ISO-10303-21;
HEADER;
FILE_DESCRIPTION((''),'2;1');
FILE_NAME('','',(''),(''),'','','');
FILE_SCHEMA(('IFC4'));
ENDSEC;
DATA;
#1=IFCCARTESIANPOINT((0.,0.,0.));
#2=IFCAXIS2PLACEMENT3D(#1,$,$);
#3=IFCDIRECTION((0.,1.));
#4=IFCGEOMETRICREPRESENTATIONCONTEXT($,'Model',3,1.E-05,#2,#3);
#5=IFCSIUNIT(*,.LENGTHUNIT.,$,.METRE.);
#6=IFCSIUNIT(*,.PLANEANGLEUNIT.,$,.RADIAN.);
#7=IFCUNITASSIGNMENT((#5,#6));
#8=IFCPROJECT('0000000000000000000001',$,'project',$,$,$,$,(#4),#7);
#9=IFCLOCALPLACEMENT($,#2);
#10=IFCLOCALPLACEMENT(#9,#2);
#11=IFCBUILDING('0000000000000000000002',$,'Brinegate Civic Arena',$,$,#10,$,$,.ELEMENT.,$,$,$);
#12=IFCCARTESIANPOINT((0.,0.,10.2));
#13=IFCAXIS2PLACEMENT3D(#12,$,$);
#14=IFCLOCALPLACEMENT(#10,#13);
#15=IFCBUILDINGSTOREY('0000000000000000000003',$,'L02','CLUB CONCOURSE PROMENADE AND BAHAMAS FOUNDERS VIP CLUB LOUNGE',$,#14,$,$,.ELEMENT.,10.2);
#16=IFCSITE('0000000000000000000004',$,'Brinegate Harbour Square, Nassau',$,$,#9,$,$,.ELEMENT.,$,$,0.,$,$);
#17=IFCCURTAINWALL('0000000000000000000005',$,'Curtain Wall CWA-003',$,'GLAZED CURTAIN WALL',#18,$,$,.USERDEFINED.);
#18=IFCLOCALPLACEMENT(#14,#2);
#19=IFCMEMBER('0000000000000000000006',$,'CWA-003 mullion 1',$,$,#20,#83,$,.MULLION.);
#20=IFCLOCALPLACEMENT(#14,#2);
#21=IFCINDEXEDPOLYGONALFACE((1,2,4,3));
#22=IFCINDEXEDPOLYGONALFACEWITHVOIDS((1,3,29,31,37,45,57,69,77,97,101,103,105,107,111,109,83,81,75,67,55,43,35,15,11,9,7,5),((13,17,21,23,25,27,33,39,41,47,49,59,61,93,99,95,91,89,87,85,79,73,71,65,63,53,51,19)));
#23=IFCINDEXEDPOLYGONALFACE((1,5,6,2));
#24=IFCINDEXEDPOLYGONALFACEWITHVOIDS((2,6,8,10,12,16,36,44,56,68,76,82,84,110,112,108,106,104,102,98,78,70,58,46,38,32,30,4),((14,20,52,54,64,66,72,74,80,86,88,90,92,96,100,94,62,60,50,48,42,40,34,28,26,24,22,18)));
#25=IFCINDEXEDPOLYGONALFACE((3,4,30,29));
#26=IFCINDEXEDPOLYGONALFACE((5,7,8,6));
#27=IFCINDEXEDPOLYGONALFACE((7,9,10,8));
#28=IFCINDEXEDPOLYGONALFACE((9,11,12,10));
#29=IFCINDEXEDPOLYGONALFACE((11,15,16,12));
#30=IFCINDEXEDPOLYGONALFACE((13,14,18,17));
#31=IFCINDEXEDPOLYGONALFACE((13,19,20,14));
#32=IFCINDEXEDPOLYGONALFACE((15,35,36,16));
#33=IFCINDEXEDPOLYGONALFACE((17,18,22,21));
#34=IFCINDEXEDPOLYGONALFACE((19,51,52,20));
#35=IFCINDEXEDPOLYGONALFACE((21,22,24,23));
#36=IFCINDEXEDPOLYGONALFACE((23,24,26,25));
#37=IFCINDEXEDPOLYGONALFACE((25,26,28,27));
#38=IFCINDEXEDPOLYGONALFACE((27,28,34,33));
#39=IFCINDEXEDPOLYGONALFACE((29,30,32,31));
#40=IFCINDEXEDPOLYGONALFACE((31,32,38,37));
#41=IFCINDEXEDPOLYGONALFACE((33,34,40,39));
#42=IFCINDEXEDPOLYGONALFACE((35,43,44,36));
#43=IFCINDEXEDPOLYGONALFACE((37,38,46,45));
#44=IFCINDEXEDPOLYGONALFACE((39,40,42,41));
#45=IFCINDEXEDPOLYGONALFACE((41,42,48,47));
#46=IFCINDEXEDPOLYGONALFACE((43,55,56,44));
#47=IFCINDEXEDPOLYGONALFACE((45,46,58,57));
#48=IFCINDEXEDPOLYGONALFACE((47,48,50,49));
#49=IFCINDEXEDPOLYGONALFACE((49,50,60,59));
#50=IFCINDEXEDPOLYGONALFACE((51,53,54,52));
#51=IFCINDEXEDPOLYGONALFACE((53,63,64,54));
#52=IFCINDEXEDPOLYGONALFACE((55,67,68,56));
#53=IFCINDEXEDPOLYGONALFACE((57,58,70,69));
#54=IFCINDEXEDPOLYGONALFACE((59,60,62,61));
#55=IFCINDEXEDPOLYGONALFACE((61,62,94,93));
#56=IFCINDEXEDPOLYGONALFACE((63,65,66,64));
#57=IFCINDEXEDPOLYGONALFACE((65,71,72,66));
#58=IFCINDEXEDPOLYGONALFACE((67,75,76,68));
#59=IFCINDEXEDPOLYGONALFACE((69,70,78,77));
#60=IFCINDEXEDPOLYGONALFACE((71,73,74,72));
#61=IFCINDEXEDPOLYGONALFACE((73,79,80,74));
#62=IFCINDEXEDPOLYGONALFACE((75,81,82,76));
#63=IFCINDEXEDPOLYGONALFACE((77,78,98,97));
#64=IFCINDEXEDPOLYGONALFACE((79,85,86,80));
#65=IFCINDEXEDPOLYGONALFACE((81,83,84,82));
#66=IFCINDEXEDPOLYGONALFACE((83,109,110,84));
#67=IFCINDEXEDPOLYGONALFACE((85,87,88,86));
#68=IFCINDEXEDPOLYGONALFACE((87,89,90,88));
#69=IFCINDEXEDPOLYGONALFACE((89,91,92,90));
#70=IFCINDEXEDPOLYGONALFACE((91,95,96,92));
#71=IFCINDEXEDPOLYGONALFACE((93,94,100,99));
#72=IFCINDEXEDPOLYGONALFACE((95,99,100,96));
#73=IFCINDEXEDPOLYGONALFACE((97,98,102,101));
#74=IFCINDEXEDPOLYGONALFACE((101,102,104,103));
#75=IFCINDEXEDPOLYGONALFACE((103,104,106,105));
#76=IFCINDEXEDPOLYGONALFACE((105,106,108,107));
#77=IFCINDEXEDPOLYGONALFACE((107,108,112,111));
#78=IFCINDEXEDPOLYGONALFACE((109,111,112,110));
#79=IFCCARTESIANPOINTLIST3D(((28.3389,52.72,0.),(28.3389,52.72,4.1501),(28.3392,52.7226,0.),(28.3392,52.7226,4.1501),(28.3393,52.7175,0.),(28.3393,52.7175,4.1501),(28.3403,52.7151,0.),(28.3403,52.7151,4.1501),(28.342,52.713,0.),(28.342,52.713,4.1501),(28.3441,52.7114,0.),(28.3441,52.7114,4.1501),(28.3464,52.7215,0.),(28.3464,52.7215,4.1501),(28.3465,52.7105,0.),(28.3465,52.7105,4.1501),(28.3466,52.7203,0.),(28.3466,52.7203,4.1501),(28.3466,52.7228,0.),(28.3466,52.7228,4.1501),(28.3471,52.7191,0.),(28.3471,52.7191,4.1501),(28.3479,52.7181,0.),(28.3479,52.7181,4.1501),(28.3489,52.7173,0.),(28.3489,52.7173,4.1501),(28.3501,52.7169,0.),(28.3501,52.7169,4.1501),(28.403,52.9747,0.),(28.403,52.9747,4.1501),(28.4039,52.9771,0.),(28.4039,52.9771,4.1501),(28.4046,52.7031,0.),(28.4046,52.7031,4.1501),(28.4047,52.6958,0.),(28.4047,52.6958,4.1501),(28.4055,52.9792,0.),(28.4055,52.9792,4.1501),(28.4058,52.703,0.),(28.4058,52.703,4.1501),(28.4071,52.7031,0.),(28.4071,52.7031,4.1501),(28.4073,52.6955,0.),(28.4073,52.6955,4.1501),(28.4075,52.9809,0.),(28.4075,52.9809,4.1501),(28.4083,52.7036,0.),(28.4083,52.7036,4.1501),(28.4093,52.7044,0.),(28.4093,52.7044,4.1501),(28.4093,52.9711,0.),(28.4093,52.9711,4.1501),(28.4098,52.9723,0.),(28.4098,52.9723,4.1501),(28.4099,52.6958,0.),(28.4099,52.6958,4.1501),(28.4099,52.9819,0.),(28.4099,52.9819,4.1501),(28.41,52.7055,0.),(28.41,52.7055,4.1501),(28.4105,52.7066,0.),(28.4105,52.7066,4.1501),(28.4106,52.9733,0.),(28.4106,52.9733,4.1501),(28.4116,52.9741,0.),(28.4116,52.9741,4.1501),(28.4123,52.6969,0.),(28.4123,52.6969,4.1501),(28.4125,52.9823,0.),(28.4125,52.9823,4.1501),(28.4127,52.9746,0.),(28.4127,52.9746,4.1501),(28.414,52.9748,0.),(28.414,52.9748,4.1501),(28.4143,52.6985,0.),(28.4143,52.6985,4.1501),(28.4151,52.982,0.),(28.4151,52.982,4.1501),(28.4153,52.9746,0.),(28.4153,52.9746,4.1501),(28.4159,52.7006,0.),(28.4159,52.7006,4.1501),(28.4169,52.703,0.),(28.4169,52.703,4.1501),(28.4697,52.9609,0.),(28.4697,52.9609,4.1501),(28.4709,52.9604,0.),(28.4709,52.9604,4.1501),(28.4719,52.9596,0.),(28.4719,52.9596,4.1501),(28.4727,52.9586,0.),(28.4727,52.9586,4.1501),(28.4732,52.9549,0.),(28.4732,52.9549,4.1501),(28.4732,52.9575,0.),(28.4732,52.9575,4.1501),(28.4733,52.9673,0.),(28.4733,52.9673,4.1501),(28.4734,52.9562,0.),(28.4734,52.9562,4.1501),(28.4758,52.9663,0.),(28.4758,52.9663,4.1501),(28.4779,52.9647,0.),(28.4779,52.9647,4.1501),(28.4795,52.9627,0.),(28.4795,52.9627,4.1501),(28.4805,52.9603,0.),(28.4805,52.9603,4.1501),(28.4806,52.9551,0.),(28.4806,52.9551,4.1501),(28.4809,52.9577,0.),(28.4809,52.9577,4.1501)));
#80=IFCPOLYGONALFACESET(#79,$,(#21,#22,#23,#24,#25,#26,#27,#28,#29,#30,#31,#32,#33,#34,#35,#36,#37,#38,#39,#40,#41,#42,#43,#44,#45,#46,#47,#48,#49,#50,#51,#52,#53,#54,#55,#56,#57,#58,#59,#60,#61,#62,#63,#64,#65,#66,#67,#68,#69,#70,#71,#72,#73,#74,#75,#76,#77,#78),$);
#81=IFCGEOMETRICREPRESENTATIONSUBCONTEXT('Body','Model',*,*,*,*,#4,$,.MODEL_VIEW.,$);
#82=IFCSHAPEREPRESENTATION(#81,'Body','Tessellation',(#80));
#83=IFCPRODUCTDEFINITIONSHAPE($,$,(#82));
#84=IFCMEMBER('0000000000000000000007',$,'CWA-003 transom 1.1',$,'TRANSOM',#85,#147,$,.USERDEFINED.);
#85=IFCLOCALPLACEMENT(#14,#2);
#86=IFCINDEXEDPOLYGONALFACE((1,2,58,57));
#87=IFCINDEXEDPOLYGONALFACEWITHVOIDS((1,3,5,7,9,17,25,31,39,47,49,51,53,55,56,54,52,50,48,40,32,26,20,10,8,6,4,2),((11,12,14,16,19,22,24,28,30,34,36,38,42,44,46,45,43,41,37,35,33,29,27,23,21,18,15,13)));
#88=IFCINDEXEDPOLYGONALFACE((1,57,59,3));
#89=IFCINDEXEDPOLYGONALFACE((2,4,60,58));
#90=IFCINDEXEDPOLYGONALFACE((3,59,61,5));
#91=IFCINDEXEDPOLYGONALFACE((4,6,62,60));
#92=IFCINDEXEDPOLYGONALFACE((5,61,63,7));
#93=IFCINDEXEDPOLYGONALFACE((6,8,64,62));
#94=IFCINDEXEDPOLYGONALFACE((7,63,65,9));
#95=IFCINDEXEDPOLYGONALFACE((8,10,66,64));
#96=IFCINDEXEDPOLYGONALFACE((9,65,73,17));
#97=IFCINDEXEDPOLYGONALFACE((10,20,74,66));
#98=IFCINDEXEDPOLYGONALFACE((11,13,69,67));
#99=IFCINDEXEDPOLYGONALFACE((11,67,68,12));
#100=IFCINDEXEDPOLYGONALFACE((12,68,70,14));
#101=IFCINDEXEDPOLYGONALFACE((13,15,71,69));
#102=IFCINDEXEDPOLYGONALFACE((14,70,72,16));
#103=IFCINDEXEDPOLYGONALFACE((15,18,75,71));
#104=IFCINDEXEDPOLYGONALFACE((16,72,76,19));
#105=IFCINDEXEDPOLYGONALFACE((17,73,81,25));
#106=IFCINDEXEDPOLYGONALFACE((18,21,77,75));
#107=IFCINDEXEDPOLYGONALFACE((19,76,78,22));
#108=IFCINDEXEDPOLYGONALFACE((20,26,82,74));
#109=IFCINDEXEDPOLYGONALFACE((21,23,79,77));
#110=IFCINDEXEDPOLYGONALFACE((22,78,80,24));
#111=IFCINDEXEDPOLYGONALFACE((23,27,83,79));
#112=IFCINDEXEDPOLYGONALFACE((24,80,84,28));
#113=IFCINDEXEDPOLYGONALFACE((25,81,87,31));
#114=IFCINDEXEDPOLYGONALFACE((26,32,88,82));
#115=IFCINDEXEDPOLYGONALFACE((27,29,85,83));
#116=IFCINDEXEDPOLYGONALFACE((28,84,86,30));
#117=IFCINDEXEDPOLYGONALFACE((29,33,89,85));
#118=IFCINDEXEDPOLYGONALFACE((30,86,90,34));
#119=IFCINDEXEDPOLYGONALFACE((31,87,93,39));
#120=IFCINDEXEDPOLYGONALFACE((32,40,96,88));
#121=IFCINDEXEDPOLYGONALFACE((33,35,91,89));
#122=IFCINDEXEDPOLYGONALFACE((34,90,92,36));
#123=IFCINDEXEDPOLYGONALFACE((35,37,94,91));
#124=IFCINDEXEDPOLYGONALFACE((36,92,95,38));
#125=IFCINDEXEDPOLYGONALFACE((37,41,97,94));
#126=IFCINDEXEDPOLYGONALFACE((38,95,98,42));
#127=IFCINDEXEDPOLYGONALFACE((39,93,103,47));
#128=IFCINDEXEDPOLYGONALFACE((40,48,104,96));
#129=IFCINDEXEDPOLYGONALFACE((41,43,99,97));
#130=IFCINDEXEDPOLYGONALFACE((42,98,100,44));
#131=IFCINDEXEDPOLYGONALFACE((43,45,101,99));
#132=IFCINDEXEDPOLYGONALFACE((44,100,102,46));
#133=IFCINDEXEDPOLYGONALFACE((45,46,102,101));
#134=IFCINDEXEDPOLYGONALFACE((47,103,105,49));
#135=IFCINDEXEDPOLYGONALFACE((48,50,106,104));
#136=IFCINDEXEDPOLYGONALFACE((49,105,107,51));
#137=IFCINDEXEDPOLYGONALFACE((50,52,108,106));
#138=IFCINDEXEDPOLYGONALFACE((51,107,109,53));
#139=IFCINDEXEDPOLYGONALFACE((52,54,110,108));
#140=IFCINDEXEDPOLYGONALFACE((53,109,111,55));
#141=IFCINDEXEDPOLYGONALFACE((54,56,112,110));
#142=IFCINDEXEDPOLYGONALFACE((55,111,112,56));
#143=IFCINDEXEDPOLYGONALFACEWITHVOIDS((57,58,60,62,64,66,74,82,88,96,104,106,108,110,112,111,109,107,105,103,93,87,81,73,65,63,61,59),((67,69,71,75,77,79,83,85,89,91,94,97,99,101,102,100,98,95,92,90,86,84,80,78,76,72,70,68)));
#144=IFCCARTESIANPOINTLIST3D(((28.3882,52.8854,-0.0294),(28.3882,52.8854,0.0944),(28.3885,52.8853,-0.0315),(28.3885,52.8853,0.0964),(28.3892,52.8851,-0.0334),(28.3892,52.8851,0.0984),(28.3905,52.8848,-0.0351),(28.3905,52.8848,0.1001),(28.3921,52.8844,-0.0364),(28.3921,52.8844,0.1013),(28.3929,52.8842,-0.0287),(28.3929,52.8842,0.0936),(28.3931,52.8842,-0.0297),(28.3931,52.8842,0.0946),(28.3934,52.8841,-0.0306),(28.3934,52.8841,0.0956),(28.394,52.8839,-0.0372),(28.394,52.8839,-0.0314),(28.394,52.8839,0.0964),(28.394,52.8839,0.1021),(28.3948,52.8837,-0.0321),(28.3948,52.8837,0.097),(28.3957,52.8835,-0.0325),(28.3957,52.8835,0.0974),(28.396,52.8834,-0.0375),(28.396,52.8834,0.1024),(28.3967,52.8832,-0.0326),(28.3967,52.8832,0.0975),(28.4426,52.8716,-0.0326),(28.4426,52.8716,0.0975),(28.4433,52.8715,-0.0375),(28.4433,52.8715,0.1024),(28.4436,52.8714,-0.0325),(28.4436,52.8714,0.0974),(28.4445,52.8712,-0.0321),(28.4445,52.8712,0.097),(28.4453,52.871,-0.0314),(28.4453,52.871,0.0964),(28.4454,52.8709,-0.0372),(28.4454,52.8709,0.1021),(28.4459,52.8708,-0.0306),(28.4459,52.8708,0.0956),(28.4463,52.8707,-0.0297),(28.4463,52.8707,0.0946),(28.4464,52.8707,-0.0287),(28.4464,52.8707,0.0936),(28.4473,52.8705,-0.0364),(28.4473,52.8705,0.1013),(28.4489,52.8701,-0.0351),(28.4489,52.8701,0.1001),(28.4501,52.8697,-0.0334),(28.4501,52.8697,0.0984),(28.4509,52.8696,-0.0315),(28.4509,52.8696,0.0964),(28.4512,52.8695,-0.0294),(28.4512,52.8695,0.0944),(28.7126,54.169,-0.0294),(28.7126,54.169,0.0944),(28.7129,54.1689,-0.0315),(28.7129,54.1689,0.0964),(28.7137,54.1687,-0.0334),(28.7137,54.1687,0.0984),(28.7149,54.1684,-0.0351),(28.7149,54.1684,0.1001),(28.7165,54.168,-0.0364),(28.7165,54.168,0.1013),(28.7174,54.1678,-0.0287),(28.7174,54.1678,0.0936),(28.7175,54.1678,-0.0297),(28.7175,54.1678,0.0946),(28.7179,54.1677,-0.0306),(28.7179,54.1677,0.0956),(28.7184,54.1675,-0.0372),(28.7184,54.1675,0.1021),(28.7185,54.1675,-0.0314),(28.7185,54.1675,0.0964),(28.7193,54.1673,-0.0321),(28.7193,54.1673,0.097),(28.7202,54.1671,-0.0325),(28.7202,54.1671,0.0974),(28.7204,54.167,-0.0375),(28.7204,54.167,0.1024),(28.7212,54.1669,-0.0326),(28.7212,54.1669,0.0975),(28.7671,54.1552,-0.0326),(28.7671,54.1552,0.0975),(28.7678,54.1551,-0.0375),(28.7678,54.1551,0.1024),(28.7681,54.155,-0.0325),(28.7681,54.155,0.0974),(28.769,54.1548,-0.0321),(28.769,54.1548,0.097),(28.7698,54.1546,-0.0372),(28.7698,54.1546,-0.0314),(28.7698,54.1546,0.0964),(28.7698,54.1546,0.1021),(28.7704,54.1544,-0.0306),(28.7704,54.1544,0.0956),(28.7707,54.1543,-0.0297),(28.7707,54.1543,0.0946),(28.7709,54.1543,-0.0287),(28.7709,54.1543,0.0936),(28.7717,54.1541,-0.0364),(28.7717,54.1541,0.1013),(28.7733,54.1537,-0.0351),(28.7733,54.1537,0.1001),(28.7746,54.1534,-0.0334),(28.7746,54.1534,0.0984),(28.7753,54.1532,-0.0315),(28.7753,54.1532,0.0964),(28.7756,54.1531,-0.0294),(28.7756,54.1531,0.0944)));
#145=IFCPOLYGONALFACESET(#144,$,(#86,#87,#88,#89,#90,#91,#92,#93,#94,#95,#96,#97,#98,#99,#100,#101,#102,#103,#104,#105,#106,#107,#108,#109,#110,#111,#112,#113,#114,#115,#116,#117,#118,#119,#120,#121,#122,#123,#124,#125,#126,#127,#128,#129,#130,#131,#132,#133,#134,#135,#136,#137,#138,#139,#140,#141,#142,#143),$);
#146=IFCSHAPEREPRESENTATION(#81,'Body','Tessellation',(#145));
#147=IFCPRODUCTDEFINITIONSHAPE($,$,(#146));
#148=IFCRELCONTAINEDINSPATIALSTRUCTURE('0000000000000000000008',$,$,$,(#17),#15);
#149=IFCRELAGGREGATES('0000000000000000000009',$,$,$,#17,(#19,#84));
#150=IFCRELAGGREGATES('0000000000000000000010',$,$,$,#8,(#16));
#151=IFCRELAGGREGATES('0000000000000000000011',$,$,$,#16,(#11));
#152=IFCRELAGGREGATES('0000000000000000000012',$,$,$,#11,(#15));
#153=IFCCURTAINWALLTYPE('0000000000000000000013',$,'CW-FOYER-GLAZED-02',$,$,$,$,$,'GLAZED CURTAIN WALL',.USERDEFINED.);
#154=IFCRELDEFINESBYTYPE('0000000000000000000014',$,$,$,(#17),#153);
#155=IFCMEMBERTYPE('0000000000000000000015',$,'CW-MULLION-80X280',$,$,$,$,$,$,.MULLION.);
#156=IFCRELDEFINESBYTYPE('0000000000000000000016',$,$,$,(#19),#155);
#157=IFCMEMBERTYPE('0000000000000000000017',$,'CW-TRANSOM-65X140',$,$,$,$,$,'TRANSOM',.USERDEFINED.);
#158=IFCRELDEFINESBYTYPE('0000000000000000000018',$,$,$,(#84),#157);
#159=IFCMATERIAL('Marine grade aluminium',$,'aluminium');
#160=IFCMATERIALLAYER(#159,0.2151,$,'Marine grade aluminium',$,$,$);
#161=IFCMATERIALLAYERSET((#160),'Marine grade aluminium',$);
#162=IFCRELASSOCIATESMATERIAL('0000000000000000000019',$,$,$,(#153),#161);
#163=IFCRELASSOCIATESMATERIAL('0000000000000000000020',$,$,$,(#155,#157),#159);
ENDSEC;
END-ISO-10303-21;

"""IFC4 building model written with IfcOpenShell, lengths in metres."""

from ifc_helpers import new_model, si_unit, direction, frame, origin, origin_2d, place, context, subcontext, project, spatial, hollow_rectangle, extrude, material, layer, layer_set, material_profile, profile_set, type_object, element, aggregate, save


model = new_model("IFC4")

# Units and contexts
model_context = context("Model", 3, precision=1e-05, world=origin(), true_north=direction((0.0, 1.0)))
body_context = subcontext(model_context, "Body", "Model", "MODEL_VIEW")
ifc_project = project(units=[si_unit("LENGTHUNIT", "METRE"), si_unit("PLANEANGLEUNIT", "RADIAN")], contexts=[model_context])

# Site, building, storey
site_placement = place(None, origin())
site = spatial("IfcSite", under=ifc_project, at=site_placement, Name="Brinegate Harbour Square, Nassau", CompositionType="ELEMENT", RefElevation=0.0)
building_placement = place(site_placement, origin())
building = spatial("IfcBuilding", under=site, at=building_placement, Name="Brinegate Civic Arena", CompositionType="ELEMENT")
storey_placement = place(building_placement, frame((0.0, 0.0, 10.2)))
storey = spatial("IfcBuildingStorey", under=building, at=storey_placement, Name="L02", Description="CLUB CONCOURSE PROMENADE AND BAHAMAS FOUNDERS VIP CLUB LOUNGE", CompositionType="ELEMENT", Elevation=10.2)

# Shared definitions
ifc_material_1 = material(Name="Marine grade aluminium", Category="aluminium")

# Curtain wall, members
ifc_layer_1 = layer(ifc_material_1, 0.2151, Name="Marine grade aluminium")
ifc_layer_set_1 = layer_set([ifc_layer_1], Name="Marine grade aluminium")
curtain_wall_type_1 = type_object("IfcCurtainWallType", Name="CW-FOYER-GLAZED-02", ElementType="GLAZED CURTAIN WALL", PredefinedType="USERDEFINED", material=ifc_layer_set_1)
curtain_wall_1_placement = place(storey_placement, origin())
curtain_wall_1 = element("IfcCurtainWall", 1, at=curtain_wall_1_placement, inside=storey, type_object=curtain_wall_type_1, Name="Curtain Wall CWA-003", ObjectType="GLAZED CURTAIN WALL", PredefinedType="USERDEFINED")
ifc_material_profile_1 = material_profile(ifc_material_1, hollow_rectangle(XDim=0.0801, YDim=0.28, WallThickness=0.0071, InnerFilletRadius=0.0049, OuterFilletRadius=0.01, at=origin_2d()), Name="MUL80X280")
ifc_profile_set_1 = profile_set([ifc_material_profile_1], Name="Marine grade aluminium")
member_type_1 = type_object("IfcMemberType", Name="CW-MULLION-80X280", PredefinedType="MULLION", material=ifc_profile_set_1)
member_1_placement = place(storey_placement, frame((28.4099, 52.8389, 0.0), z_axis=(0.0, 0.0, 1.0), x_axis=(-0.969513, 0.245042, 0.0)))
member_1 = element("IfcMember", 2, at=member_1_placement, type_object=member_type_1, Name="CWA-003 mullion 1", PredefinedType="MULLION", context=body_context, shape_type="SweptSolid", body=[
    extrude(hollow_rectangle(XDim=0.0801, YDim=0.28, WallThickness=0.0071, InnerFilletRadius=0.0049, OuterFilletRadius=0.01, at=origin_2d()), origin(), (0.0, 0.0, 1.0), 4.1501),
])
ifc_material_profile_2 = material_profile(ifc_material_1, hollow_rectangle(XDim=0.0649, YDim=0.1399, WallThickness=0.0049, InnerFilletRadius=0.0039, OuterFilletRadius=0.0081, at=origin_2d()), Name="TRN65X140")
ifc_profile_set_2 = profile_set([ifc_material_profile_2], Name="Marine grade aluminium")
member_type_2 = type_object("IfcMemberType", Name="CW-TRANSOM-65X140", ElementType="TRANSOM", PredefinedType="USERDEFINED", material=ifc_profile_set_2)
member_2_placement = place(storey_placement, frame((28.4197, 52.8774, 0.0325), z_axis=(0.245051, 0.96951, 0.0), x_axis=(-0.96951, 0.245051, 0.0)))
member_2 = element("IfcMember", 3, at=member_2_placement, type_object=member_type_2, Name="CWA-003 transom 1.1", ObjectType="TRANSOM", PredefinedType="USERDEFINED", context=body_context, shape_type="SweptSolid", body=[
    extrude(hollow_rectangle(XDim=0.0649, YDim=0.1399, WallThickness=0.0049, InnerFilletRadius=0.0039, OuterFilletRadius=0.0081, at=origin_2d()), origin(), (0.0, 0.0, 1.0), 1.324),
])
aggregate(curtain_wall_1, [member_1, member_2])

save(model, "model.ifc")
